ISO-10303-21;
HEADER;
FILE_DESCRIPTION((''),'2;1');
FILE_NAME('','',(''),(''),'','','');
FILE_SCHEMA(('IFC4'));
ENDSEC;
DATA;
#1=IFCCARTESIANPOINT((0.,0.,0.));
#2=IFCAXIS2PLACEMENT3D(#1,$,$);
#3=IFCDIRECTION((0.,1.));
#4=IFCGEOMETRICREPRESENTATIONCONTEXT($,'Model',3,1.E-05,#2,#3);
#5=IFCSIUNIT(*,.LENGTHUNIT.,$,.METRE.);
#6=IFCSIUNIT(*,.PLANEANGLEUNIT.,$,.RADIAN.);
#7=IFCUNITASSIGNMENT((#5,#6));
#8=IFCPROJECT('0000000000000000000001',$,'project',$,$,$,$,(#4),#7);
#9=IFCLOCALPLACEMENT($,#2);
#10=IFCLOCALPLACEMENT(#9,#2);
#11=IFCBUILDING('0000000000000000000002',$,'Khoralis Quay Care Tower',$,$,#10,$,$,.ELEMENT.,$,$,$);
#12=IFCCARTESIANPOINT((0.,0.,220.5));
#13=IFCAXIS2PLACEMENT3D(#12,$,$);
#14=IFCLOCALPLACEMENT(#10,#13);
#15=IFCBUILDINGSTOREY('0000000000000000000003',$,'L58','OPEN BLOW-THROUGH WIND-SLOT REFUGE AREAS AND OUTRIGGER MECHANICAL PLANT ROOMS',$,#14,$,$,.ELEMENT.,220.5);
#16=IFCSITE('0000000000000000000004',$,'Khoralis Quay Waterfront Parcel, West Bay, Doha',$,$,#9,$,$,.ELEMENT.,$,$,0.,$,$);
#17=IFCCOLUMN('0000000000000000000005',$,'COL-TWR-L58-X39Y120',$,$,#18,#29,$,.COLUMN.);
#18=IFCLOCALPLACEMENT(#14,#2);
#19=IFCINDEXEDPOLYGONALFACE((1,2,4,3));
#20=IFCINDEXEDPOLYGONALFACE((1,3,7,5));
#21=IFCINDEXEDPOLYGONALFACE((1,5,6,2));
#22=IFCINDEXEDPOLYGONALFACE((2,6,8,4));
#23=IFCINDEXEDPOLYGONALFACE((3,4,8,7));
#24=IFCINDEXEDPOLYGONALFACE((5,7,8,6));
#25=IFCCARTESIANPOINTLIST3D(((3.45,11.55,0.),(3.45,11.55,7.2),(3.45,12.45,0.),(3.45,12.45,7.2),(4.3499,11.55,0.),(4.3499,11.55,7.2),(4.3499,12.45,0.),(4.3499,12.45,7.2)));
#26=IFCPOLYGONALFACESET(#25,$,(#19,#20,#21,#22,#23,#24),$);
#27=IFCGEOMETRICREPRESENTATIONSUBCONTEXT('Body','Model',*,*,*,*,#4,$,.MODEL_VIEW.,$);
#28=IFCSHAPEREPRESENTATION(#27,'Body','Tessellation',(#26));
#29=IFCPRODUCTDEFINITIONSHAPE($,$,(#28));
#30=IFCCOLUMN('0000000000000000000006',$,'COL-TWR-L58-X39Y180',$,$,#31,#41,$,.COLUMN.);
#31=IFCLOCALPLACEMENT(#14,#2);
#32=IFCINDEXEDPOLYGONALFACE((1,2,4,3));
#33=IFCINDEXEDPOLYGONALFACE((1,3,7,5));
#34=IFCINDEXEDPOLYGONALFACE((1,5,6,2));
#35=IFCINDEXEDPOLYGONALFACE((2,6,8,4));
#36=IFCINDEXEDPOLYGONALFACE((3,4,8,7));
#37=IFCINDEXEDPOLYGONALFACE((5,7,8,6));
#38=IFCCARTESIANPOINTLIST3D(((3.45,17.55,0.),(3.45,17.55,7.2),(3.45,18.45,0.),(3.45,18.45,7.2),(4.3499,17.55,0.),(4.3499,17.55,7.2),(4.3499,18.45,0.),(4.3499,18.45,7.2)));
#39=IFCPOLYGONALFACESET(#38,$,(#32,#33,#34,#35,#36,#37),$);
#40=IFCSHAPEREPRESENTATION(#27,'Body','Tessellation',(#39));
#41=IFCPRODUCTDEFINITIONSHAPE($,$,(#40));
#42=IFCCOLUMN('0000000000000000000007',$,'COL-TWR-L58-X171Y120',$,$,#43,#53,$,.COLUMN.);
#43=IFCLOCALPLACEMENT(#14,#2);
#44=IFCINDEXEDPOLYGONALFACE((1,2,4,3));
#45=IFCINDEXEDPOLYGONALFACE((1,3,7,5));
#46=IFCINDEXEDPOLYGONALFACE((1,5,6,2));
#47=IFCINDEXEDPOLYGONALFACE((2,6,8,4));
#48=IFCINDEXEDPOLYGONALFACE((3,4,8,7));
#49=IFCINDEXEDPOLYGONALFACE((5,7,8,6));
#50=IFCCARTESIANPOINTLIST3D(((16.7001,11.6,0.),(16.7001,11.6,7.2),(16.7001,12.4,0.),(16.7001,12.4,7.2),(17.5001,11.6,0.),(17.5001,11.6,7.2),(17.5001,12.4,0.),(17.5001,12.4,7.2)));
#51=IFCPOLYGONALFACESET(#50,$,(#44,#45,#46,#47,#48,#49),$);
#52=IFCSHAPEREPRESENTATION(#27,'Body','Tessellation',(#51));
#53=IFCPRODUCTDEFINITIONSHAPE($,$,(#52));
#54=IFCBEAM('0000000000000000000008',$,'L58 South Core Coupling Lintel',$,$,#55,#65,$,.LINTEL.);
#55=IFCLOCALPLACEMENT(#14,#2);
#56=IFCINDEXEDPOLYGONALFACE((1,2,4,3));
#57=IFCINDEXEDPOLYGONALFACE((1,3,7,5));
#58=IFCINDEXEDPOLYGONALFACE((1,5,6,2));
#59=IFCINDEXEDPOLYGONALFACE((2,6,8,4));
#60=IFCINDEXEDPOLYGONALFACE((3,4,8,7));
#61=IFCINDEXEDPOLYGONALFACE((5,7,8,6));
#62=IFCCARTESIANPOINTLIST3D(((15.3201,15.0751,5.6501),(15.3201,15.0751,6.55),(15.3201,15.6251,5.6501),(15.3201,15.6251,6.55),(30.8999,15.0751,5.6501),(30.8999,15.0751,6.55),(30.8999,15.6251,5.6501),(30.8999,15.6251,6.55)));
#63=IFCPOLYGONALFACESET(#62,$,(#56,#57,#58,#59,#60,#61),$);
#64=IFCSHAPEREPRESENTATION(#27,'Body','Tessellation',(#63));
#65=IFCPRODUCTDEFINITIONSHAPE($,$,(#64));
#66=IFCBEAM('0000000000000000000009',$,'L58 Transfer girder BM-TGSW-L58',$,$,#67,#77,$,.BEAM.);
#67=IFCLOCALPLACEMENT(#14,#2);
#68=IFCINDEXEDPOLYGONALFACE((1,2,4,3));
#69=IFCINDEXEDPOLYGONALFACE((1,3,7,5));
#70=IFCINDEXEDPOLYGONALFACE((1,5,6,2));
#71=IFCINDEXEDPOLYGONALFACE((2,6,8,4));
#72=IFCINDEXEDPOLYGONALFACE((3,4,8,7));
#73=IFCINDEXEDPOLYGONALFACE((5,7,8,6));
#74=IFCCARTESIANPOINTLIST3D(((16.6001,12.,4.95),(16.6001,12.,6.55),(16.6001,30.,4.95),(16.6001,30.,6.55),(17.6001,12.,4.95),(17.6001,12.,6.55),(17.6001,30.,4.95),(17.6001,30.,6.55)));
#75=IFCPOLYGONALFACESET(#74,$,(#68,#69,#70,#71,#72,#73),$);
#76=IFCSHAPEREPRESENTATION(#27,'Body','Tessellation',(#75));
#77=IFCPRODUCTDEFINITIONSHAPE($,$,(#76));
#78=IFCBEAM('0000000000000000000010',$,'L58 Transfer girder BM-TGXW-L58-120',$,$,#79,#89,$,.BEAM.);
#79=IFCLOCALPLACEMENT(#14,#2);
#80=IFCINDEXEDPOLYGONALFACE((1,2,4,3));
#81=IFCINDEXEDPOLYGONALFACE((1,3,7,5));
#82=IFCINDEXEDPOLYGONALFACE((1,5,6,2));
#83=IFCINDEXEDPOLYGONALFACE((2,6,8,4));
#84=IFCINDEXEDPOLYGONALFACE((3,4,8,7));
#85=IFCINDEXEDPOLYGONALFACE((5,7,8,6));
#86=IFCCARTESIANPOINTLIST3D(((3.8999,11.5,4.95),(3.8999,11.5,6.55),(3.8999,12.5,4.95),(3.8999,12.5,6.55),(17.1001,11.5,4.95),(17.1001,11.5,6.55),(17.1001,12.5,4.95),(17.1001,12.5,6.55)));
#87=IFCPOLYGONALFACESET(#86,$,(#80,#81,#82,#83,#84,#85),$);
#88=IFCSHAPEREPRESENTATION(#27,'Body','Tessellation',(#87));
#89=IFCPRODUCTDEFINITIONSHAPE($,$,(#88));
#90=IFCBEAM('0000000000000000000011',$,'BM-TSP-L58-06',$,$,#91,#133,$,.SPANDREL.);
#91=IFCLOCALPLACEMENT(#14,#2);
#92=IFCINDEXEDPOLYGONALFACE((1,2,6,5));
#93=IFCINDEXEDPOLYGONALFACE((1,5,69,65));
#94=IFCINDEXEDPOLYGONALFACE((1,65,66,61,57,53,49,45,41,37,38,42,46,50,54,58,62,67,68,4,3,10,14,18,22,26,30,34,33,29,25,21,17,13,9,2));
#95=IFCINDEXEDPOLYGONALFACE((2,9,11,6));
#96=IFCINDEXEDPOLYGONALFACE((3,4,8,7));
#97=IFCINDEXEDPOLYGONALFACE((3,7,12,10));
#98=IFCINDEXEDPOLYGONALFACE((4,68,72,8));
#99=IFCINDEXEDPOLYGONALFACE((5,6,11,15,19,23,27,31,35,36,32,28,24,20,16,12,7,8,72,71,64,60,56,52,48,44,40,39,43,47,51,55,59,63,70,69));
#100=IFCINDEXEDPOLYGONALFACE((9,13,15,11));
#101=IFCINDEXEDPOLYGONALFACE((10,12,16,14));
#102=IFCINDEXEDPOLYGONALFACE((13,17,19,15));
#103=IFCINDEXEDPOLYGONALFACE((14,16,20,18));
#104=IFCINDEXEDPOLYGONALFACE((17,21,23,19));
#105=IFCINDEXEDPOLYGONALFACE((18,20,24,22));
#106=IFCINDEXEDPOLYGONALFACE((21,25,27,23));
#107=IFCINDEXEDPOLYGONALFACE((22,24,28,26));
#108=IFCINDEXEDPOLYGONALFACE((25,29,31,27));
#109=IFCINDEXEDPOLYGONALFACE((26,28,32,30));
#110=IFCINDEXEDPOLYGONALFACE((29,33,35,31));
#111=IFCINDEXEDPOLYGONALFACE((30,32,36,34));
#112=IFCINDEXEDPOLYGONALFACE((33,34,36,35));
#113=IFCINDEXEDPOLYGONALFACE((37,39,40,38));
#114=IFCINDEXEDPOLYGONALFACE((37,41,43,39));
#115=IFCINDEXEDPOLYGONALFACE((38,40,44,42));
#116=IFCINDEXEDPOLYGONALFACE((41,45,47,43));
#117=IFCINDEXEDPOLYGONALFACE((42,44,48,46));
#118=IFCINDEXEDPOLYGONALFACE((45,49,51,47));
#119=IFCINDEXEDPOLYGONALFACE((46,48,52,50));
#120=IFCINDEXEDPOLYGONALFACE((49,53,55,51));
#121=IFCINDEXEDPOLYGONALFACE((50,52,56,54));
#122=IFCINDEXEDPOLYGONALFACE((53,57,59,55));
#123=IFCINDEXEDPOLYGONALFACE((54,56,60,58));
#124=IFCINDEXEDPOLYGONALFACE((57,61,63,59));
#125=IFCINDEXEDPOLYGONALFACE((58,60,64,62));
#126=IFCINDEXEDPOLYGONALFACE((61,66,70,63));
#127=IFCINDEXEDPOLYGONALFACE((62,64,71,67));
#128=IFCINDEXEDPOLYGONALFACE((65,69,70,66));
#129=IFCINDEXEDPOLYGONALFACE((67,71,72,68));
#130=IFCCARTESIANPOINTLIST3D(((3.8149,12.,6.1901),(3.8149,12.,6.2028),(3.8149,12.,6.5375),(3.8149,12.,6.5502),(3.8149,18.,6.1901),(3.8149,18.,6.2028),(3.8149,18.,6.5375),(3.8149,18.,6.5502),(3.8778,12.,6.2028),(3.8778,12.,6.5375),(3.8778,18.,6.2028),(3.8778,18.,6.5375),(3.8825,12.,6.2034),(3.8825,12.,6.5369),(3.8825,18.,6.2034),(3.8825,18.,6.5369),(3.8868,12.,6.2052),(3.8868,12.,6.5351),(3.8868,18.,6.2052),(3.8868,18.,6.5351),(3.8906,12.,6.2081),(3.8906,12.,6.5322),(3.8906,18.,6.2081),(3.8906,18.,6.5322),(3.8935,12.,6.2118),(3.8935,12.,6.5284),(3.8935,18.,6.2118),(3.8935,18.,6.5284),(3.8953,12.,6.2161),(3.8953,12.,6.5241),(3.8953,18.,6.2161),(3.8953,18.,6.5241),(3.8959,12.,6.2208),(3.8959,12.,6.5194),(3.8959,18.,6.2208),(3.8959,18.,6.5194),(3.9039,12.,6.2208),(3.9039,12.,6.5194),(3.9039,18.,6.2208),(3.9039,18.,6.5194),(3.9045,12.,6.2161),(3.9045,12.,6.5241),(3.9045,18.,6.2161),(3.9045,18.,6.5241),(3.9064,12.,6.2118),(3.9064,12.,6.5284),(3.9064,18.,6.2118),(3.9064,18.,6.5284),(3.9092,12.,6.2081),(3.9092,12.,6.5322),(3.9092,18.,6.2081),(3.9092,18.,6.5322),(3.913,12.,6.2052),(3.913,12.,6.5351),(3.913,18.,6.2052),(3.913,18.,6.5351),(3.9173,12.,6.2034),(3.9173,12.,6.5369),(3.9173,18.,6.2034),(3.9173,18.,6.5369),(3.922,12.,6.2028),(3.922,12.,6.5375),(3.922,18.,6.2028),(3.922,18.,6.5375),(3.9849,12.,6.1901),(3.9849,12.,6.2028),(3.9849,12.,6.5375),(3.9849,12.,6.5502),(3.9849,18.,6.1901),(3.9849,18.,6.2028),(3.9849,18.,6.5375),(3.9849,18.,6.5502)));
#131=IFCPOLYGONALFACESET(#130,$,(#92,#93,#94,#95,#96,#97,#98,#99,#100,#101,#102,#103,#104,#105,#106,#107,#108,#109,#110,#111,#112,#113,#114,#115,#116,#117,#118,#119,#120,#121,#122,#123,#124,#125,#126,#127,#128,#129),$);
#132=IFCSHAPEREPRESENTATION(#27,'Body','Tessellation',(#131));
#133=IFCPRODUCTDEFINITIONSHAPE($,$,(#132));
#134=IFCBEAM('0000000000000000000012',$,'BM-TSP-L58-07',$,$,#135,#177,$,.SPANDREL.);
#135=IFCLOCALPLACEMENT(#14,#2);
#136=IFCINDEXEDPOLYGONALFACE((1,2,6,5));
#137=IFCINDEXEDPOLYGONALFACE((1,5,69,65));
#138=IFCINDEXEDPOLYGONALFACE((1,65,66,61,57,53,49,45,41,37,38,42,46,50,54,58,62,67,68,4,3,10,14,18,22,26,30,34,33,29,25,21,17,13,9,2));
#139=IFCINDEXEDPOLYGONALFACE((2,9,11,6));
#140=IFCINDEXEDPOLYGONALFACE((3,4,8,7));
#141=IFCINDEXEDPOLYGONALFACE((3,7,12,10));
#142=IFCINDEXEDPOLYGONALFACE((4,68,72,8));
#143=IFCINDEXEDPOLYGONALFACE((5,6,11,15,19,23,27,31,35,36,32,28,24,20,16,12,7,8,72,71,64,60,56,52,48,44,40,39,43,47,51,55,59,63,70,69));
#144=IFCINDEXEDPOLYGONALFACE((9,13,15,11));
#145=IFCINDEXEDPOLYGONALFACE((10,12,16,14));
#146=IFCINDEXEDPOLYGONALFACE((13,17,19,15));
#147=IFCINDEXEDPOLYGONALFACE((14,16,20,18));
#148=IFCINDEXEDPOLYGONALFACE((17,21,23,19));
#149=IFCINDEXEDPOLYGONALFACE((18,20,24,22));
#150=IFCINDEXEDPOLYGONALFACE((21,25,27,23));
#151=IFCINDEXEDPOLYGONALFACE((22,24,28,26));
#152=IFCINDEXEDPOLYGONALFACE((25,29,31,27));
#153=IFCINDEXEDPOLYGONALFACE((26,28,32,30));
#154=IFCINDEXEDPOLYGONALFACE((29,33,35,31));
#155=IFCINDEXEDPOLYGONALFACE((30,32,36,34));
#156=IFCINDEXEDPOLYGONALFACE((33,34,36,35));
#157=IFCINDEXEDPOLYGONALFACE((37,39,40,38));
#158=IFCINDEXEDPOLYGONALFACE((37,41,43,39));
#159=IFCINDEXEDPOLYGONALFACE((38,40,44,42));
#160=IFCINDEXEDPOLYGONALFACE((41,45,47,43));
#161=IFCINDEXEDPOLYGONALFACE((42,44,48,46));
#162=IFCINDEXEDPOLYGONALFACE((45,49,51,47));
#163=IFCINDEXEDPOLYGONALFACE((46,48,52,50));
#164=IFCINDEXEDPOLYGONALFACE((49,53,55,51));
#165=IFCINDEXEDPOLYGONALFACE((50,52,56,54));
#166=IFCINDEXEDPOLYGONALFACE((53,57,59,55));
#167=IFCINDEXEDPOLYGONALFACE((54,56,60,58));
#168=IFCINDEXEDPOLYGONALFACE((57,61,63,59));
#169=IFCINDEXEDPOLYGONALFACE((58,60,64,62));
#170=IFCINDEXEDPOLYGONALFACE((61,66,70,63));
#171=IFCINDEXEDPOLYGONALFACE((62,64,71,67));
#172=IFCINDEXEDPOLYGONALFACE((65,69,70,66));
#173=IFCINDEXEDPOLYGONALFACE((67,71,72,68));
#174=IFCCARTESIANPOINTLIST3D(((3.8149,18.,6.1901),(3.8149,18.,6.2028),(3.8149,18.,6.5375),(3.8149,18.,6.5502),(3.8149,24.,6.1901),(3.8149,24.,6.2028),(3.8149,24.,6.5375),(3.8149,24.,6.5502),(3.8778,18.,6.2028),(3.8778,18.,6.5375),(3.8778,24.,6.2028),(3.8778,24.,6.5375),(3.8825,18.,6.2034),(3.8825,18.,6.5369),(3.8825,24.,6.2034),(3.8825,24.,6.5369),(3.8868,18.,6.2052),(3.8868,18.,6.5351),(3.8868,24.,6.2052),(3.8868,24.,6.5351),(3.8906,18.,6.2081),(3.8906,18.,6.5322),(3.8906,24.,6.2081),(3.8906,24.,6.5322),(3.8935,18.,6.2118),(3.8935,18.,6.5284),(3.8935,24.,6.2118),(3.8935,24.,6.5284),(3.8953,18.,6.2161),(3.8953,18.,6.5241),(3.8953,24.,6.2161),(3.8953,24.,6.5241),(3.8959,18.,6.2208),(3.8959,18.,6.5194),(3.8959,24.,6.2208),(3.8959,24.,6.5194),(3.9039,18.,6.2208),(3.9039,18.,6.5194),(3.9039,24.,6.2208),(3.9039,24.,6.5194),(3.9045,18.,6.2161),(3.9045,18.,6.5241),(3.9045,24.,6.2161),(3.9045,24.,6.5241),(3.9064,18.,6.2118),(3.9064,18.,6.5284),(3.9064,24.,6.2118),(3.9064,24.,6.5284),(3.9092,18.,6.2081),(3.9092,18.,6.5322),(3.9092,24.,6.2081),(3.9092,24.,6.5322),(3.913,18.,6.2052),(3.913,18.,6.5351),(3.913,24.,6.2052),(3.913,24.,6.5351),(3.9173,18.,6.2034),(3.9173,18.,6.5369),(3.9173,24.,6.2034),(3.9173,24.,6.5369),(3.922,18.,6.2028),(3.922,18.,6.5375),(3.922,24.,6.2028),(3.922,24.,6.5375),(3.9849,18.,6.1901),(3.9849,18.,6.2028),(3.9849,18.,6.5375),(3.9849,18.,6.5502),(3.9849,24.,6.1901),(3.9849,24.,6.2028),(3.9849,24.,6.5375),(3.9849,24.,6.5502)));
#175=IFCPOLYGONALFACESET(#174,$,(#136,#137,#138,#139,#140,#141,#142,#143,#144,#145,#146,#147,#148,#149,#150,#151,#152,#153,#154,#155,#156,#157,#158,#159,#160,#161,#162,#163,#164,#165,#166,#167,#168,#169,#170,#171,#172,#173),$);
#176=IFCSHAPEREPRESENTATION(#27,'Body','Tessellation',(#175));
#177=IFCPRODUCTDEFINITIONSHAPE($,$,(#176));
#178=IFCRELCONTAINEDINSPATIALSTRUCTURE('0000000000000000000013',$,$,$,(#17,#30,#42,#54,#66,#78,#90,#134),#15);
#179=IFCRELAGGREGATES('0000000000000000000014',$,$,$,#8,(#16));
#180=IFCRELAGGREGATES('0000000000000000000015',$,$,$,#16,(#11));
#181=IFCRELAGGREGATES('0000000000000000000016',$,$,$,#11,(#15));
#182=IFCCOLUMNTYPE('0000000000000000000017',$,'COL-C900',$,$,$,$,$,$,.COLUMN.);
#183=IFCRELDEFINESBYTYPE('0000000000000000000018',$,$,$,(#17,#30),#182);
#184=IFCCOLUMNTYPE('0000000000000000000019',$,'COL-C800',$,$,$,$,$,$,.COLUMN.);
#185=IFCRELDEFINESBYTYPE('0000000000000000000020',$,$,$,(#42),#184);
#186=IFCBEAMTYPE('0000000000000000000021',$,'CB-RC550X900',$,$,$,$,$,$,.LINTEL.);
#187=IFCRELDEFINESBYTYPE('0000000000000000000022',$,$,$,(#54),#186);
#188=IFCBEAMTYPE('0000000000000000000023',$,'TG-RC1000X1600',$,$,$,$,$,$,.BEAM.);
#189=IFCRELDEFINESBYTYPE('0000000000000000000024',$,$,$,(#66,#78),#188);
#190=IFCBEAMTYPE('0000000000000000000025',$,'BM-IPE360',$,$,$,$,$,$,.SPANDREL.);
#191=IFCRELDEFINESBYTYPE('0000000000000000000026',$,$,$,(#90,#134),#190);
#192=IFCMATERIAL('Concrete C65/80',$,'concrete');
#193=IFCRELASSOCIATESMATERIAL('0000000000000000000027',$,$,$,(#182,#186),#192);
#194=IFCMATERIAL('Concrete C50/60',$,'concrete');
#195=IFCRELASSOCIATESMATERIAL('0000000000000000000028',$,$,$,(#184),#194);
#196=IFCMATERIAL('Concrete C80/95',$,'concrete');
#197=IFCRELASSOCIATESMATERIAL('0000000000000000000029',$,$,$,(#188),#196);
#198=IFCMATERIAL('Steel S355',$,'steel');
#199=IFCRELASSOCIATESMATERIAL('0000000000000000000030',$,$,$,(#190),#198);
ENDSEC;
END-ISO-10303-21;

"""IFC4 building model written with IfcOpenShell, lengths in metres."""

from ifc_helpers import new_model, si_unit, direction, frame, origin, origin_2d, place, context, subcontext, project, spatial, rectangle, i_section, extrude, source, transform, mapped, material, material_profile, profile_set, type_object, element, save


model = new_model("IFC4")

# Units and contexts
model_context = context("Model", 3, precision=1e-05, world=origin(), true_north=direction((0.0, 1.0)))
body_context = subcontext(model_context, "Body", "Model", "MODEL_VIEW")
ifc_project = project(units=[si_unit("LENGTHUNIT", "METRE"), si_unit("PLANEANGLEUNIT", "RADIAN")], contexts=[model_context])

# Site, building, storey
site_placement = place(None, origin())
site = spatial("IfcSite", under=ifc_project, at=site_placement, Name="Khoralis Quay Waterfront Parcel, West Bay, Doha", CompositionType="ELEMENT", RefElevation=0.0)
building_placement = place(site_placement, origin())
building = spatial("IfcBuilding", under=site, at=building_placement, Name="Khoralis Quay Care Tower", CompositionType="ELEMENT")
storey_placement = place(building_placement, frame((0.0, 0.0, 220.5)))
storey = spatial("IfcBuildingStorey", under=building, at=storey_placement, Name="L58", Description="OPEN BLOW-THROUGH WIND-SLOT REFUGE AREAS AND OUTRIGGER MECHANICAL PLANT ROOMS", CompositionType="ELEMENT", Elevation=220.5)

# Columns
ifc_material_1 = material(Name="Concrete C65/80", Category="concrete")
ifc_material_profile_1 = material_profile(ifc_material_1, rectangle(XDim=0.8999, YDim=0.8999, at=origin_2d()), Name="Concrete C65/80")
ifc_profile_set_1 = profile_set([ifc_material_profile_1], Name="Concrete C65/80")
column_type_1 = type_object("IfcColumnType", Name="COL-C900", PredefinedType="COLUMN", material=ifc_profile_set_1)
shared_shape_1 = source(origin(), body_context, "Body", "SweptSolid", [
    extrude(rectangle(XDim=0.8999, YDim=0.8999, at=origin_2d()), origin(), (0.0, 0.0, 1.0), 7.2),
])
for number, where, z_axis, x_axis, name in (
    (1, (3.8999, 12.0, 0.0), (0.0, 0.0, 1.0), (1.0, 0.0, 0.0), "COL-TWR-L58-X39Y120"),
    (2, (3.8999, 18.0, 0.0), (0.0, 0.0, 1.0), (1.0, 0.0, 0.0), "COL-TWR-L58-X39Y180"),
):
    element("IfcColumn", number, at=place(storey_placement, frame(where, z_axis=z_axis, x_axis=x_axis)), inside=storey, type_object=column_type_1, Name=name, PredefinedType="COLUMN", context=body_context, shape_type="MappedRepresentation", body=[
        mapped(shared_shape_1, transform((0.0, 0.0, 0.0), scale=1.0)),
    ])
ifc_material_2 = material(Name="Concrete C50/60", Category="concrete")
ifc_material_profile_2 = material_profile(ifc_material_2, rectangle(XDim=0.8, YDim=0.8, at=origin_2d()), Name="Concrete C50/60")
ifc_profile_set_2 = profile_set([ifc_material_profile_2], Name="Concrete C50/60")
column_type_2 = type_object("IfcColumnType", Name="COL-C800", PredefinedType="COLUMN", material=ifc_profile_set_2)
shared_shape_2 = source(origin(), body_context, "Body", "SweptSolid", [
    extrude(rectangle(XDim=0.8, YDim=0.8, at=origin_2d()), origin(), (0.0, 0.0, 1.0), 7.2),
])
column_placement = place(storey_placement, frame((17.1001, 12.0, 0.0), z_axis=(0.0, 0.0, 1.0), x_axis=(1.0, 0.0, 0.0)))
element("IfcColumn", 3, at=column_placement, inside=storey, type_object=column_type_2, Name="COL-TWR-L58-X171Y120", PredefinedType="COLUMN", context=body_context, shape_type="MappedRepresentation", body=[
    mapped(shared_shape_2, transform((0.0, 0.0, 0.0), scale=1.0)),
])

# Beams
ifc_material_profile_3 = material_profile(ifc_material_1, rectangle(XDim=0.55, YDim=0.8999, at=origin_2d()), Name="Concrete C65/80")
ifc_profile_set_3 = profile_set([ifc_material_profile_3], Name="Concrete C65/80")
beam_type_1 = type_object("IfcBeamType", Name="CB-RC550X900", PredefinedType="LINTEL", material=ifc_profile_set_3)
shared_shape_3 = source(origin(), body_context, "Body", "SweptSolid", [
    extrude(rectangle(XDim=0.55, YDim=0.8999, at=origin_2d()), origin(), (0.0, 0.0, 1.0), 15.5798),
])
beam_1_placement = place(storey_placement, frame((15.3201, 15.3501, 6.1001), z_axis=(1.0, 0.0, 0.0), x_axis=(0.0, 1.0, 0.0)))
element("IfcBeam", 4, at=beam_1_placement, inside=storey, type_object=beam_type_1, Name="L58 South Core Coupling Lintel", PredefinedType="LINTEL", context=body_context, shape_type="MappedRepresentation", body=[
    mapped(shared_shape_3, transform((0.0, 0.0, 0.0), scale=1.0)),
])
ifc_material_3 = material(Name="Concrete C80/95", Category="concrete")
ifc_material_profile_4 = material_profile(ifc_material_3, rectangle(XDim=1.0, YDim=1.6001, at=origin_2d()), Name="Concrete C80/95")
ifc_profile_set_4 = profile_set([ifc_material_profile_4], Name="Concrete C80/95")
beam_type_2 = type_object("IfcBeamType", Name="TG-RC1000X1600", PredefinedType="BEAM", material=ifc_profile_set_4)
shared_shape_4 = source(origin(), body_context, "Body", "SweptSolid", [
    extrude(rectangle(XDim=1.0, YDim=1.6001, at=origin_2d()), origin(), (0.0, 0.0, 1.0), 18.0),
])
beam_2_placement = place(storey_placement, frame((17.1001, 12.0, 5.75), z_axis=(0.0, 1.0, 0.0), x_axis=(-1.0, 0.0, 0.0)))
element("IfcBeam", 5, at=beam_2_placement, inside=storey, type_object=beam_type_2, Name="L58 Transfer girder BM-TGSW-L58", PredefinedType="BEAM", context=body_context, shape_type="MappedRepresentation", body=[
    mapped(shared_shape_4, transform((0.0, 0.0, 0.0), scale=1.0)),
])
shared_shape_5 = source(origin(), body_context, "Body", "SweptSolid", [
    extrude(rectangle(XDim=1.0, YDim=1.6001, at=origin_2d()), origin(), (0.0, 0.0, 1.0), 13.2002),
])
beam_3_placement = place(storey_placement, frame((3.8999, 12.0, 5.75), z_axis=(1.0, 0.0, 0.0), x_axis=(0.0, 1.0, 0.0)))
element("IfcBeam", 6, at=beam_3_placement, inside=storey, type_object=beam_type_2, Name="L58 Transfer girder BM-TGXW-L58-120", PredefinedType="BEAM", context=body_context, shape_type="MappedRepresentation", body=[
    mapped(shared_shape_5, transform((0.0, 0.0, 0.0), scale=1.0)),
])
ifc_material_4 = material(Name="Steel S355", Category="steel")
ifc_material_profile_5 = material_profile(ifc_material_4, i_section(OverallWidth=0.1699, OverallDepth=0.3601, WebThickness=0.0081, FlangeThickness=0.0127, FilletRadius=0.0181, at=origin_2d()), Name="Steel S355")
ifc_profile_set_5 = profile_set([ifc_material_profile_5], Name="Steel S355")
beam_type_3 = type_object("IfcBeamType", Name="BM-IPE360", PredefinedType="SPANDREL", material=ifc_profile_set_5)
shared_shape_6 = source(origin(), body_context, "Body", "SweptSolid", [
    extrude(i_section(OverallWidth=0.1699, OverallDepth=0.3601, WebThickness=0.0081, FlangeThickness=0.0127, FilletRadius=0.0181, at=origin_2d()), origin(), (0.0, 0.0, 1.0), 6.0),
])
for number, where, z_axis, x_axis, name in (
    (7, (3.8999, 12.0, 6.3701), (0.0, 1.0, 0.0), (-1.0, 0.0, 0.0), "BM-TSP-L58-06"),
    (8, (3.8999, 18.0, 6.3701), (0.0, 1.0, 0.0), (-1.0, 0.0, 0.0), "BM-TSP-L58-07"),
):
    element("IfcBeam", number, at=place(storey_placement, frame(where, z_axis=z_axis, x_axis=x_axis)), inside=storey, type_object=beam_type_3, Name=name, PredefinedType="SPANDREL", context=body_context, shape_type="MappedRepresentation", body=[
        mapped(shared_shape_6, transform((0.0, 0.0, 0.0), scale=1.0)),
    ])

save(model, "model.ifc")
